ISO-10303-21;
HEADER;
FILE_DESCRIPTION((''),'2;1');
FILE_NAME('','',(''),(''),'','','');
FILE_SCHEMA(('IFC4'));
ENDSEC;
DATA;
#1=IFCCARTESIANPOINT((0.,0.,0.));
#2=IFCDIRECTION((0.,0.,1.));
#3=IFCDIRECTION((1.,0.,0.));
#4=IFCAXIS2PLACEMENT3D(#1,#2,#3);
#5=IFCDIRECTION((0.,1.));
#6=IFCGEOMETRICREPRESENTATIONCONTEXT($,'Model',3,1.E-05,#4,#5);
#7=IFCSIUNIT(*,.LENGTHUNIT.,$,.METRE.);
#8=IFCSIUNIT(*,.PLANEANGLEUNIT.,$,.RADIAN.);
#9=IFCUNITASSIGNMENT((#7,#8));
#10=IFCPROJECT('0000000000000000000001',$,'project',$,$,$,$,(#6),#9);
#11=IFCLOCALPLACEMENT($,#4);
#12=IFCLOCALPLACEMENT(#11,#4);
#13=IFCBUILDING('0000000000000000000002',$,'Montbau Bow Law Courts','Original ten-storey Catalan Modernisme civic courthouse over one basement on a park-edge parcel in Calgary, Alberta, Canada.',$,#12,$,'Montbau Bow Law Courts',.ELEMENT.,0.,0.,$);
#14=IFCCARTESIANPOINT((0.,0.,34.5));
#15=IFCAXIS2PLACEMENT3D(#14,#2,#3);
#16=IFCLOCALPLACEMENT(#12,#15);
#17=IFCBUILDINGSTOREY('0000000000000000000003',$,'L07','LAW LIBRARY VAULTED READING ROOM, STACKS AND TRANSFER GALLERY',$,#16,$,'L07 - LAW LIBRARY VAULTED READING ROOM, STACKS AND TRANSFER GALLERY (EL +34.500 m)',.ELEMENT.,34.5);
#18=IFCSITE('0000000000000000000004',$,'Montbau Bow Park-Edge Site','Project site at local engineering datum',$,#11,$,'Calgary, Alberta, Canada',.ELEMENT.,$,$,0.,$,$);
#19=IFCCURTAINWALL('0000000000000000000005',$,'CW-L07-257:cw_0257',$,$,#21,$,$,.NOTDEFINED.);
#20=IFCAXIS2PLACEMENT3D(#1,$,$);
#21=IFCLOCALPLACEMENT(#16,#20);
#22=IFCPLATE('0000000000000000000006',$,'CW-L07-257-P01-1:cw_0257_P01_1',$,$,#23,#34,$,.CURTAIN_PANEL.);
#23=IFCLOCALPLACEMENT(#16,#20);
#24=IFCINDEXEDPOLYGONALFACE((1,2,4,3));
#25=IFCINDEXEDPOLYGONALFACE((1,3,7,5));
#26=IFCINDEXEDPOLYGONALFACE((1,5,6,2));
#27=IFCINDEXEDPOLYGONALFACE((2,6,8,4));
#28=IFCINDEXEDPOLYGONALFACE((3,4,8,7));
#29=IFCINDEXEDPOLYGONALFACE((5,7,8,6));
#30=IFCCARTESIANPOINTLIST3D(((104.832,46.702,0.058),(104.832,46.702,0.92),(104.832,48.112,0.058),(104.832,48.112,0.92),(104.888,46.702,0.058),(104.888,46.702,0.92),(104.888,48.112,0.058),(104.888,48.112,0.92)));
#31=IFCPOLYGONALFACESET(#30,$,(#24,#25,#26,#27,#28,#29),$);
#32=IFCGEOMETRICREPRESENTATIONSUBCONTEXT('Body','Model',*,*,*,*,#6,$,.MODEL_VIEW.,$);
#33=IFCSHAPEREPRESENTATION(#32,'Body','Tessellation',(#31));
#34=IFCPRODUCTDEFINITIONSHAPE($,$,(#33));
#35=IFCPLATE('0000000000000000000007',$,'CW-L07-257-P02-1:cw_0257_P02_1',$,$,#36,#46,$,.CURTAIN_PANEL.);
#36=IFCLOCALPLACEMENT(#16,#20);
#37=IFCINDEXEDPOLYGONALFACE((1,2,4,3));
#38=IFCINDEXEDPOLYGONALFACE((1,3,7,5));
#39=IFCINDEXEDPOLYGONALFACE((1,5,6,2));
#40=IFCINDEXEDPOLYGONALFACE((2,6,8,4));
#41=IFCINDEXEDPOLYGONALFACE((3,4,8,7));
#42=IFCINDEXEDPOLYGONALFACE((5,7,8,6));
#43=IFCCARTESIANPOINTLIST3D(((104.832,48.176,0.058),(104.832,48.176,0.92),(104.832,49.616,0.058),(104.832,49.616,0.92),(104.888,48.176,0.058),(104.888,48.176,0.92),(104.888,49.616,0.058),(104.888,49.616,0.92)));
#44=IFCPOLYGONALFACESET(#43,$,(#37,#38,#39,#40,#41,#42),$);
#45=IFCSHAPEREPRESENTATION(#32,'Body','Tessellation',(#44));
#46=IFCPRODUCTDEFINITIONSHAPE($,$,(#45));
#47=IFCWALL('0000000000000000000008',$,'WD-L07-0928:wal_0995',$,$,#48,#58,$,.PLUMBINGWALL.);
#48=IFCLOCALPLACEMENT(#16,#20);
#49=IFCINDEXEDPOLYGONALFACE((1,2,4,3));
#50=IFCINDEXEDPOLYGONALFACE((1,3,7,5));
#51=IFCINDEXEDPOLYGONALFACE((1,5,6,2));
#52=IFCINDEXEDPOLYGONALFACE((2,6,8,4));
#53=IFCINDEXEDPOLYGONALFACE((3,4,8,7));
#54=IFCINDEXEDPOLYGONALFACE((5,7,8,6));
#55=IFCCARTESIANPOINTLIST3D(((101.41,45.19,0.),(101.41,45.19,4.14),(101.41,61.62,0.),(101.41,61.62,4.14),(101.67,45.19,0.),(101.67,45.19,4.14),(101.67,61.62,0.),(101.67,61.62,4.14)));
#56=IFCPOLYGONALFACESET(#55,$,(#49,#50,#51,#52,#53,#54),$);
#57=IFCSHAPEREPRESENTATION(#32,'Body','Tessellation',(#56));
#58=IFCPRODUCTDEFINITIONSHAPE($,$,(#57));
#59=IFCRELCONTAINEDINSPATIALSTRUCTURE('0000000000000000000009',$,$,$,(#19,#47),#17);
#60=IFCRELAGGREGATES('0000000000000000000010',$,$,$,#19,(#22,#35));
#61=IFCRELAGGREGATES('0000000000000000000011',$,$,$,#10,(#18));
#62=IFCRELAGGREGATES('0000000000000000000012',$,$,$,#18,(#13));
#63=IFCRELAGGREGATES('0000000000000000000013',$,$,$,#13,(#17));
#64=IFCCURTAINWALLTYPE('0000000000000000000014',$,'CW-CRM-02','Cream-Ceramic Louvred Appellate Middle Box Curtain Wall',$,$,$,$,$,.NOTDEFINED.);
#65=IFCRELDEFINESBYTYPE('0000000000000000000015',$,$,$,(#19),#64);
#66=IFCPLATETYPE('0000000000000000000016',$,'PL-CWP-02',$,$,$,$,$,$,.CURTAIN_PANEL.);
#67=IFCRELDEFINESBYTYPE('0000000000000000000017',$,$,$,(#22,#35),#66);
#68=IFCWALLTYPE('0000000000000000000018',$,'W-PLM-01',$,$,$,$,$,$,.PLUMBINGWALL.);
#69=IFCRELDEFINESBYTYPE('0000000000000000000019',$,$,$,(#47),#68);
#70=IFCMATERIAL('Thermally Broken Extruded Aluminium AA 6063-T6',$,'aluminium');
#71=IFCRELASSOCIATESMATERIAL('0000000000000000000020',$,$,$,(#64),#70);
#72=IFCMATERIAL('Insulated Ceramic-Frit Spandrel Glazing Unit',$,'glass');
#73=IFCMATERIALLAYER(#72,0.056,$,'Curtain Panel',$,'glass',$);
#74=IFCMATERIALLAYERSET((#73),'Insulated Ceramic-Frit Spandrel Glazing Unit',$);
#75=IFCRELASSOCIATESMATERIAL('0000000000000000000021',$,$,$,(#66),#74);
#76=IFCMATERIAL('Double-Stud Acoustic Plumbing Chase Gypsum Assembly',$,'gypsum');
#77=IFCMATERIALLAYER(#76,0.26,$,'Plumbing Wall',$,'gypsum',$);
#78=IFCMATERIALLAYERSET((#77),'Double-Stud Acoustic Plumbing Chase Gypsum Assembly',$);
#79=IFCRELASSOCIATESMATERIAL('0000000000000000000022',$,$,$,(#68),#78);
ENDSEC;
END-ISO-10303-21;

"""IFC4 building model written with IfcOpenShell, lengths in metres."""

from ifc_helpers import new_model, si_unit, direction, frame, frame_2d, origin_with_axes, place, context, subcontext, project, spatial, rectangle, extrude, material, layer, layer_set, type_object, element, aggregate, save


model = new_model("IFC4")

# Units and contexts
model_context = context("Model", 3, precision=1e-05, world=origin_with_axes(), true_north=direction((0.0, 1.0)))
body_context = subcontext(model_context, "Body", "Model", "MODEL_VIEW")
ifc_project = project(units=[si_unit("LENGTHUNIT", "METRE"), si_unit("PLANEANGLEUNIT", "RADIAN")], contexts=[model_context])

# Site, building, storey
site_placement = place(None, origin_with_axes())
site = spatial("IfcSite", under=ifc_project, at=site_placement, Name="Montbau Bow Park-Edge Site", Description="Project site at local engineering datum", LongName="Calgary, Alberta, Canada", CompositionType="ELEMENT", RefElevation=0.0)
building_placement = place(site_placement, origin_with_axes())
building = spatial("IfcBuilding", under=site, at=building_placement, Name="Montbau Bow Law Courts", Description="Original ten-storey Catalan Modernisme civic courthouse over one basement on a park-edge parcel in Calgary, Alberta, Canada.", LongName="Montbau Bow Law Courts", CompositionType="ELEMENT", ElevationOfRefHeight=0.0, ElevationOfTerrain=0.0)
storey_placement = place(building_placement, frame((0.0, 0.0, 34.5), z_axis=(0.0, 0.0, 1.0), x_axis=(1.0, 0.0, 0.0)))
storey = spatial("IfcBuildingStorey", under=building, at=storey_placement, Name="L07", Description="LAW LIBRARY VAULTED READING ROOM, STACKS AND TRANSFER GALLERY", LongName="L07 - LAW LIBRARY VAULTED READING ROOM, STACKS AND TRANSFER GALLERY (EL +34.500 m)", CompositionType="ELEMENT", Elevation=34.5)

# Curtain wall
ifc_material_1 = material(Name="Thermally Broken Extruded Aluminium AA 6063-T6", Category="aluminium")
curtain_wall_type = type_object("IfcCurtainWallType", Name="CW-CRM-02", Description="Cream-Ceramic Louvred Appellate Middle Box Curtain Wall", PredefinedType="NOTDEFINED", material=ifc_material_1)
curtain_wall_1_placement = place(None, frame((104.86, 46.64, 34.5), z_axis=(0.0, 0.0, 1.0), x_axis=(1.0, 0.0, 0.0)))
curtain_wall_1 = element("IfcCurtainWall", 1, at=curtain_wall_1_placement, inside=storey, type_object=curtain_wall_type, Name="CW-L07-257:cw_0257", PredefinedType="NOTDEFINED")

# Plates
ifc_material_2 = material(Name="Insulated Ceramic-Frit Spandrel Glazing Unit", Category="glass")
ifc_layer_1 = layer(ifc_material_2, 0.056, Name="Curtain Panel", Category="glass")
ifc_layer_set_1 = layer_set([ifc_layer_1], Name="Insulated Ceramic-Frit Spandrel Glazing Unit")
plate_type_1 = type_object("IfcPlateType", Name="PL-CWP-02", PredefinedType="CURTAIN_PANEL", material=ifc_layer_set_1)
plate_1_placement = place(None, frame((104.86, 46.702, 34.558), z_axis=(1.0, 0.0, 0.0), x_axis=(0.0, 1.0, 0.0)))
plate_1 = element("IfcPlate", 2, at=plate_1_placement, type_object=plate_type_1, Name="CW-L07-257-P01-1:cw_0257_P01_1", PredefinedType="CURTAIN_PANEL", context=body_context, shape_type="SweptSolid", body=[
    extrude(rectangle(XDim=1.41, YDim=0.862, at=frame_2d((0.705, 0.431), x_axis=(1.0, 0.0))), frame((0.0, 0.0, -0.028), z_axis=(0.0, 0.0, 1.0), x_axis=(1.0, 0.0, 0.0)), (0.0, 0.0, 1.0), 0.056),
])
plate_2_placement = place(None, frame((104.86, 48.176, 34.558), z_axis=(1.0, 0.0, 0.0), x_axis=(0.0, 1.0, 0.0)))
plate_2 = element("IfcPlate", 3, at=plate_2_placement, type_object=plate_type_1, Name="CW-L07-257-P02-1:cw_0257_P02_1", PredefinedType="CURTAIN_PANEL", context=body_context, shape_type="SweptSolid", body=[
    extrude(rectangle(XDim=1.44, YDim=0.862, at=frame_2d((0.72, 0.431), x_axis=(1.0, 0.0))), frame((0.0, 0.0, -0.028), z_axis=(0.0, 0.0, 1.0), x_axis=(1.0, 0.0, 0.0)), (0.0, 0.0, 1.0), 0.056),
])
aggregate(curtain_wall_1, [plate_1, plate_2])

# Wall
ifc_material_3 = material(Name="Double-Stud Acoustic Plumbing Chase Gypsum Assembly", Category="gypsum")
ifc_layer_2 = layer(ifc_material_3, 0.26, Name="Plumbing Wall", Category="gypsum")
ifc_layer_set_2 = layer_set([ifc_layer_2], Name="Double-Stud Acoustic Plumbing Chase Gypsum Assembly")
wall_type = type_object("IfcWallType", Name="W-PLM-01", PredefinedType="PLUMBINGWALL", material=ifc_layer_set_2)
wall_placement = place(None, frame((101.54, 45.19, 34.5), z_axis=(0.0, 0.0, 1.0), x_axis=(0.0, 1.0, 0.0)))
element("IfcWall", 4, at=wall_placement, inside=storey, type_object=wall_type, Name="WD-L07-0928:wal_0995", PredefinedType="PLUMBINGWALL", context=body_context, shape_type="SweptSolid", body=[
    extrude(rectangle(XDim=16.43, YDim=0.26, at=frame_2d((8.215, 0.0), x_axis=(1.0, 0.0))), origin_with_axes(), (0.0, 0.0, 1.0), 4.14),
])

save(model, "model.ifc")
